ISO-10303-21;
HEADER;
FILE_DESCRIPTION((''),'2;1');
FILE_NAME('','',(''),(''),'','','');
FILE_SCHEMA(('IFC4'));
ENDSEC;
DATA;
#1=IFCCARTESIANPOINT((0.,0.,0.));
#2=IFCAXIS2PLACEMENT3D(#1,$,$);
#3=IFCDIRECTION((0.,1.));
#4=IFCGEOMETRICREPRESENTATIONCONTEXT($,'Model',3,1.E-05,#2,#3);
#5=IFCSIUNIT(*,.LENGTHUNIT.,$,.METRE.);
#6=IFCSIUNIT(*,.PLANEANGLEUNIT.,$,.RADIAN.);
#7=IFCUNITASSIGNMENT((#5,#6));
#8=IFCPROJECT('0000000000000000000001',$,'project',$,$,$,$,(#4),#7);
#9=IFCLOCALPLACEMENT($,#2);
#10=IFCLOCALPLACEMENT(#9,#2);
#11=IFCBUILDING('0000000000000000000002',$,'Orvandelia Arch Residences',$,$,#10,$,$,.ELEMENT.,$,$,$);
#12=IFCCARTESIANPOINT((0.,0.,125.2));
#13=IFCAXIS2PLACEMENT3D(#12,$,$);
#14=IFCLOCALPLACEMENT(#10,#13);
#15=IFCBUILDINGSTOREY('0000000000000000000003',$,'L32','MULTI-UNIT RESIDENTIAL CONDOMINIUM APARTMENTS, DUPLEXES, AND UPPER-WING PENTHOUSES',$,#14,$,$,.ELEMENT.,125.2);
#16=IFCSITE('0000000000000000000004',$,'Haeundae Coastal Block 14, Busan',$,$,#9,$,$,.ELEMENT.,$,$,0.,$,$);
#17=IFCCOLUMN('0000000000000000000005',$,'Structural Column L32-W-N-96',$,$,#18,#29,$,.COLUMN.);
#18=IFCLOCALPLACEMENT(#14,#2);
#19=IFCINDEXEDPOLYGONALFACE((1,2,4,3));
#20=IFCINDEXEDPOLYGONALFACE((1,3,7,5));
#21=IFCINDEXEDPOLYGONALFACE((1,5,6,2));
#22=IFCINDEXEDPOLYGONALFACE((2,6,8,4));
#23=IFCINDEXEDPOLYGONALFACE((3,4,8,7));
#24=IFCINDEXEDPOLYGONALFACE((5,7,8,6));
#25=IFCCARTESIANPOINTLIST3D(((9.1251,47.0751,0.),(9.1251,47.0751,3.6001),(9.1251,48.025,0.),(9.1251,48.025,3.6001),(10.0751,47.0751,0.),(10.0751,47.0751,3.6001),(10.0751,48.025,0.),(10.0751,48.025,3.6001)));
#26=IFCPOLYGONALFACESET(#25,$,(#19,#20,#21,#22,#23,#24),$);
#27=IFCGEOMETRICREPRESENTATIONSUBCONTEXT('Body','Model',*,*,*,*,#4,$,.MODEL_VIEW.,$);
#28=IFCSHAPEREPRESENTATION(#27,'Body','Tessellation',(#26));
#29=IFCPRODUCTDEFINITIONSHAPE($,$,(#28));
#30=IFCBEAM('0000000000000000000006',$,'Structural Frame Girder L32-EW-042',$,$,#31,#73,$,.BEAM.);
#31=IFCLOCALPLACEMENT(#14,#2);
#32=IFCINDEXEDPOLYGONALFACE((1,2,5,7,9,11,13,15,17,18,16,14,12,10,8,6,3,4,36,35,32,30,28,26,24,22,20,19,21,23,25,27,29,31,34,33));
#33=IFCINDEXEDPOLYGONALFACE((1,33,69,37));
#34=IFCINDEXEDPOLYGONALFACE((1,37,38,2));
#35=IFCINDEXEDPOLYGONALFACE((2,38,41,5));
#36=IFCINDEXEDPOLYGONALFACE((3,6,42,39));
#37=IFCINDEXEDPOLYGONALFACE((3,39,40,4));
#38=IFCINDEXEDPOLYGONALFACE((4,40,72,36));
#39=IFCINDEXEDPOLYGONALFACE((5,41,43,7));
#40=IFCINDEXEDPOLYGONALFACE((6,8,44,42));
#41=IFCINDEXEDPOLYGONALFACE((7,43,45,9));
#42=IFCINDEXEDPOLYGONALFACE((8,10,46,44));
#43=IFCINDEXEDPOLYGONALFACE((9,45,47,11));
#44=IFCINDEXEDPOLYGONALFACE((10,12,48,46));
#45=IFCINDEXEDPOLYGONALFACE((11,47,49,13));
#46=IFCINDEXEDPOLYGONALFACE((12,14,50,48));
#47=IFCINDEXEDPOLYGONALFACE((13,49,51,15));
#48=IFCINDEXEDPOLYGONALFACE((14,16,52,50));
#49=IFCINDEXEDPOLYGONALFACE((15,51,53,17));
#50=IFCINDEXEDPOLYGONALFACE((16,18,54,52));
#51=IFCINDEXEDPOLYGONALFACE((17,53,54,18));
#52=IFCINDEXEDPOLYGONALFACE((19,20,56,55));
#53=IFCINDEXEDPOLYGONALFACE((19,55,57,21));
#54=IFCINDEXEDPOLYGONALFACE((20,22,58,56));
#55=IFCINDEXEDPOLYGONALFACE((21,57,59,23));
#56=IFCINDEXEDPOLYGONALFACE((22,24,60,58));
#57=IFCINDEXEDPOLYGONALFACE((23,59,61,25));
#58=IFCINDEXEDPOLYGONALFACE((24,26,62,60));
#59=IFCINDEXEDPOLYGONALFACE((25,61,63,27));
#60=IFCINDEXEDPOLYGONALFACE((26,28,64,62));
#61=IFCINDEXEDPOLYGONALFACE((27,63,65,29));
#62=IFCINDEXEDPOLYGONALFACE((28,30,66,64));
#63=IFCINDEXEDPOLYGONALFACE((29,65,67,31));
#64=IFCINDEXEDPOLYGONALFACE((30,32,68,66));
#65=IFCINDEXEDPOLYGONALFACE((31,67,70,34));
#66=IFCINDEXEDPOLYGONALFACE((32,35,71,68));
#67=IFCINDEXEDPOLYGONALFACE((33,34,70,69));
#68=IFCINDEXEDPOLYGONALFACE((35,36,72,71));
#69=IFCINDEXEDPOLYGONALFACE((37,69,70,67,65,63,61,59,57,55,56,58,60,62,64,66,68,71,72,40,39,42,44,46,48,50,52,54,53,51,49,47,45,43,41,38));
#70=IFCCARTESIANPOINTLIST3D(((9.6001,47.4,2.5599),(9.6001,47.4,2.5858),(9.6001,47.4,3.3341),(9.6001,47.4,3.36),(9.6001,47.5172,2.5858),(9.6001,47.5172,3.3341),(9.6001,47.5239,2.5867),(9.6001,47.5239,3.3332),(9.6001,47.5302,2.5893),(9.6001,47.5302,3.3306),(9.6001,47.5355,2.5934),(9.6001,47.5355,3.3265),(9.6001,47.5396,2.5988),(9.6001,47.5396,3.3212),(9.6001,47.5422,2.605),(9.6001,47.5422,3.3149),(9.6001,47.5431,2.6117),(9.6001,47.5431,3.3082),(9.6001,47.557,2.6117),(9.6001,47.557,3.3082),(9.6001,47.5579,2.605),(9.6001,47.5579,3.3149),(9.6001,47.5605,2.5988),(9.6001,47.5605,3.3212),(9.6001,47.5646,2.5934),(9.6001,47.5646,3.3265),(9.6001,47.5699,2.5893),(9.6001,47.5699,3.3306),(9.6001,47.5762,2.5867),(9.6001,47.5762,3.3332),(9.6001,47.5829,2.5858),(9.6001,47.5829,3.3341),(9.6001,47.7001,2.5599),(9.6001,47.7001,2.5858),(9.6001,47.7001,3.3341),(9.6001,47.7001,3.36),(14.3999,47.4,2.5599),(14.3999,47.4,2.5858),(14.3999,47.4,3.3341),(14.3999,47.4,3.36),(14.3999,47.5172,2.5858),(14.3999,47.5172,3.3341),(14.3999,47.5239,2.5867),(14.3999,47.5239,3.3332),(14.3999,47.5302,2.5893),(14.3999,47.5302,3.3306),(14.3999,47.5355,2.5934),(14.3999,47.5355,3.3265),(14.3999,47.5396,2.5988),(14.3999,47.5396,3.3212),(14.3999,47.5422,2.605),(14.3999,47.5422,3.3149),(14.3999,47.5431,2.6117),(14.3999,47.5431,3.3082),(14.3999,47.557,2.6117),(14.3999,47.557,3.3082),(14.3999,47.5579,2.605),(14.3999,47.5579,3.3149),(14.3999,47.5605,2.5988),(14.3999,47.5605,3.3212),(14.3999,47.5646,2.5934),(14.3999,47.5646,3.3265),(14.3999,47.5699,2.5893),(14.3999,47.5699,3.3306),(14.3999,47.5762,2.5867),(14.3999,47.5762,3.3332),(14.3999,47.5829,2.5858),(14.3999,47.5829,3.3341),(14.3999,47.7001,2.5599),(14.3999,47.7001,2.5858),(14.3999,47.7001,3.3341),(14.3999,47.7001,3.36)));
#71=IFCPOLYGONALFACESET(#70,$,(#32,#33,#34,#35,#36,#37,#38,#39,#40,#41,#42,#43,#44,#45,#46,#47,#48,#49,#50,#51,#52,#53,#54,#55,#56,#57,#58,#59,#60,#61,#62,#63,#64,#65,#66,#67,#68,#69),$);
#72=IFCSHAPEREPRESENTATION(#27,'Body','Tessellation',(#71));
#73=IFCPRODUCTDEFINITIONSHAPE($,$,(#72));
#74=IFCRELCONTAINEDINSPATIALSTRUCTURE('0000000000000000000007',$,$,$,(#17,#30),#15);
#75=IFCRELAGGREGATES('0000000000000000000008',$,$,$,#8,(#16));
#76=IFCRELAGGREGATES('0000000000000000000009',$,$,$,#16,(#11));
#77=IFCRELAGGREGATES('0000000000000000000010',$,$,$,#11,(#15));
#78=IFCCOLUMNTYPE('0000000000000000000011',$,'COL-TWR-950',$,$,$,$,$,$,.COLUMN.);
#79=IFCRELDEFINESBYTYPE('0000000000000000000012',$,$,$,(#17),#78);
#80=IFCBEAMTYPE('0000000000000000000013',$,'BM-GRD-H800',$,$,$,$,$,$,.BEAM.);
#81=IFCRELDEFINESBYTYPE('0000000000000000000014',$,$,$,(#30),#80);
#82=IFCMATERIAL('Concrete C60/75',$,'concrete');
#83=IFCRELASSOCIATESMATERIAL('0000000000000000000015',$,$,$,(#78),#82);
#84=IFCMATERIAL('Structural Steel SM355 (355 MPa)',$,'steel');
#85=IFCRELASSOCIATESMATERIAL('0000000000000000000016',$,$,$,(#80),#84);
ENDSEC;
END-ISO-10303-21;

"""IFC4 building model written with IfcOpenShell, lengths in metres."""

from ifc_helpers import new_model, si_unit, direction, frame, origin, origin_2d, place, context, subcontext, project, spatial, rectangle, i_section, extrude, material, material_profile, profile_set, type_object, element, save


model = new_model("IFC4")

# Units and contexts
model_context = context("Model", 3, precision=1e-05, world=origin(), true_north=direction((0.0, 1.0)))
body_context = subcontext(model_context, "Body", "Model", "MODEL_VIEW")
ifc_project = project(units=[si_unit("LENGTHUNIT", "METRE"), si_unit("PLANEANGLEUNIT", "RADIAN")], contexts=[model_context])

# Site, building, storey
site_placement = place(None, origin())
site = spatial("IfcSite", under=ifc_project, at=site_placement, Name="Haeundae Coastal Block 14, Busan", CompositionType="ELEMENT", RefElevation=0.0)
building_placement = place(site_placement, origin())
building = spatial("IfcBuilding", under=site, at=building_placement, Name="Orvandelia Arch Residences", CompositionType="ELEMENT")
storey_placement = place(building_placement, frame((0.0, 0.0, 125.2)))
storey = spatial("IfcBuildingStorey", under=building, at=storey_placement, Name="L32", Description="MULTI-UNIT RESIDENTIAL CONDOMINIUM APARTMENTS, DUPLEXES, AND UPPER-WING PENTHOUSES", CompositionType="ELEMENT", Elevation=125.2)

# Column
ifc_material_1 = material(Name="Concrete C60/75", Category="concrete")
ifc_material_profile_1 = material_profile(ifc_material_1, rectangle(XDim=0.95, YDim=0.95, at=origin_2d()), Name="Concrete C60/75", Category="concrete")
ifc_profile_set_1 = profile_set([ifc_material_profile_1], Name="Concrete C60/75")
column_type = type_object("IfcColumnType", Name="COL-TWR-950", PredefinedType="COLUMN", material=ifc_profile_set_1)
column_placement = place(storey_placement, frame((9.6001, 47.55, 0.0), z_axis=(0.0, 0.0, 1.0), x_axis=(1.0, 0.0, 0.0)))
element("IfcColumn", 1, at=column_placement, inside=storey, type_object=column_type, Name="Structural Column L32-W-N-96", PredefinedType="COLUMN", context=body_context, shape_type="SweptSolid", body=[
    extrude(rectangle(XDim=0.95, YDim=0.95, at=origin_2d()), origin(), (0.0, 0.0, 1.0), 3.6001),
])

# Beam
ifc_material_2 = material(Name="Structural Steel SM355 (355 MPa)", Category="steel")
ifc_material_profile_2 = material_profile(ifc_material_2, i_section(OverallWidth=0.3, OverallDepth=0.8, WebThickness=0.0139, FlangeThickness=0.0259, FilletRadius=0.0259, at=origin_2d()), Name="Structural Steel SM355 (355 MPa)", Category="steel")
ifc_profile_set_2 = profile_set([ifc_material_profile_2], Name="Structural Steel SM355 (355 MPa)")
beam_type = type_object("IfcBeamType", Name="BM-GRD-H800", PredefinedType="BEAM", material=ifc_profile_set_2)
beam_placement = place(storey_placement, frame((9.6001, 47.55, 2.96), z_axis=(1.0, 0.0, 0.0), x_axis=(0.0, 1.0, 0.0)))
element("IfcBeam", 2, at=beam_placement, inside=storey, type_object=beam_type, Name="Structural Frame Girder L32-EW-042", PredefinedType="BEAM", context=body_context, shape_type="SweptSolid", body=[
    extrude(i_section(OverallWidth=0.3, OverallDepth=0.8, WebThickness=0.0139, FlangeThickness=0.0259, FilletRadius=0.0259, at=origin_2d()), origin(), (0.0, 0.0, 1.0), 4.7998),
])

save(model, "model.ifc")
